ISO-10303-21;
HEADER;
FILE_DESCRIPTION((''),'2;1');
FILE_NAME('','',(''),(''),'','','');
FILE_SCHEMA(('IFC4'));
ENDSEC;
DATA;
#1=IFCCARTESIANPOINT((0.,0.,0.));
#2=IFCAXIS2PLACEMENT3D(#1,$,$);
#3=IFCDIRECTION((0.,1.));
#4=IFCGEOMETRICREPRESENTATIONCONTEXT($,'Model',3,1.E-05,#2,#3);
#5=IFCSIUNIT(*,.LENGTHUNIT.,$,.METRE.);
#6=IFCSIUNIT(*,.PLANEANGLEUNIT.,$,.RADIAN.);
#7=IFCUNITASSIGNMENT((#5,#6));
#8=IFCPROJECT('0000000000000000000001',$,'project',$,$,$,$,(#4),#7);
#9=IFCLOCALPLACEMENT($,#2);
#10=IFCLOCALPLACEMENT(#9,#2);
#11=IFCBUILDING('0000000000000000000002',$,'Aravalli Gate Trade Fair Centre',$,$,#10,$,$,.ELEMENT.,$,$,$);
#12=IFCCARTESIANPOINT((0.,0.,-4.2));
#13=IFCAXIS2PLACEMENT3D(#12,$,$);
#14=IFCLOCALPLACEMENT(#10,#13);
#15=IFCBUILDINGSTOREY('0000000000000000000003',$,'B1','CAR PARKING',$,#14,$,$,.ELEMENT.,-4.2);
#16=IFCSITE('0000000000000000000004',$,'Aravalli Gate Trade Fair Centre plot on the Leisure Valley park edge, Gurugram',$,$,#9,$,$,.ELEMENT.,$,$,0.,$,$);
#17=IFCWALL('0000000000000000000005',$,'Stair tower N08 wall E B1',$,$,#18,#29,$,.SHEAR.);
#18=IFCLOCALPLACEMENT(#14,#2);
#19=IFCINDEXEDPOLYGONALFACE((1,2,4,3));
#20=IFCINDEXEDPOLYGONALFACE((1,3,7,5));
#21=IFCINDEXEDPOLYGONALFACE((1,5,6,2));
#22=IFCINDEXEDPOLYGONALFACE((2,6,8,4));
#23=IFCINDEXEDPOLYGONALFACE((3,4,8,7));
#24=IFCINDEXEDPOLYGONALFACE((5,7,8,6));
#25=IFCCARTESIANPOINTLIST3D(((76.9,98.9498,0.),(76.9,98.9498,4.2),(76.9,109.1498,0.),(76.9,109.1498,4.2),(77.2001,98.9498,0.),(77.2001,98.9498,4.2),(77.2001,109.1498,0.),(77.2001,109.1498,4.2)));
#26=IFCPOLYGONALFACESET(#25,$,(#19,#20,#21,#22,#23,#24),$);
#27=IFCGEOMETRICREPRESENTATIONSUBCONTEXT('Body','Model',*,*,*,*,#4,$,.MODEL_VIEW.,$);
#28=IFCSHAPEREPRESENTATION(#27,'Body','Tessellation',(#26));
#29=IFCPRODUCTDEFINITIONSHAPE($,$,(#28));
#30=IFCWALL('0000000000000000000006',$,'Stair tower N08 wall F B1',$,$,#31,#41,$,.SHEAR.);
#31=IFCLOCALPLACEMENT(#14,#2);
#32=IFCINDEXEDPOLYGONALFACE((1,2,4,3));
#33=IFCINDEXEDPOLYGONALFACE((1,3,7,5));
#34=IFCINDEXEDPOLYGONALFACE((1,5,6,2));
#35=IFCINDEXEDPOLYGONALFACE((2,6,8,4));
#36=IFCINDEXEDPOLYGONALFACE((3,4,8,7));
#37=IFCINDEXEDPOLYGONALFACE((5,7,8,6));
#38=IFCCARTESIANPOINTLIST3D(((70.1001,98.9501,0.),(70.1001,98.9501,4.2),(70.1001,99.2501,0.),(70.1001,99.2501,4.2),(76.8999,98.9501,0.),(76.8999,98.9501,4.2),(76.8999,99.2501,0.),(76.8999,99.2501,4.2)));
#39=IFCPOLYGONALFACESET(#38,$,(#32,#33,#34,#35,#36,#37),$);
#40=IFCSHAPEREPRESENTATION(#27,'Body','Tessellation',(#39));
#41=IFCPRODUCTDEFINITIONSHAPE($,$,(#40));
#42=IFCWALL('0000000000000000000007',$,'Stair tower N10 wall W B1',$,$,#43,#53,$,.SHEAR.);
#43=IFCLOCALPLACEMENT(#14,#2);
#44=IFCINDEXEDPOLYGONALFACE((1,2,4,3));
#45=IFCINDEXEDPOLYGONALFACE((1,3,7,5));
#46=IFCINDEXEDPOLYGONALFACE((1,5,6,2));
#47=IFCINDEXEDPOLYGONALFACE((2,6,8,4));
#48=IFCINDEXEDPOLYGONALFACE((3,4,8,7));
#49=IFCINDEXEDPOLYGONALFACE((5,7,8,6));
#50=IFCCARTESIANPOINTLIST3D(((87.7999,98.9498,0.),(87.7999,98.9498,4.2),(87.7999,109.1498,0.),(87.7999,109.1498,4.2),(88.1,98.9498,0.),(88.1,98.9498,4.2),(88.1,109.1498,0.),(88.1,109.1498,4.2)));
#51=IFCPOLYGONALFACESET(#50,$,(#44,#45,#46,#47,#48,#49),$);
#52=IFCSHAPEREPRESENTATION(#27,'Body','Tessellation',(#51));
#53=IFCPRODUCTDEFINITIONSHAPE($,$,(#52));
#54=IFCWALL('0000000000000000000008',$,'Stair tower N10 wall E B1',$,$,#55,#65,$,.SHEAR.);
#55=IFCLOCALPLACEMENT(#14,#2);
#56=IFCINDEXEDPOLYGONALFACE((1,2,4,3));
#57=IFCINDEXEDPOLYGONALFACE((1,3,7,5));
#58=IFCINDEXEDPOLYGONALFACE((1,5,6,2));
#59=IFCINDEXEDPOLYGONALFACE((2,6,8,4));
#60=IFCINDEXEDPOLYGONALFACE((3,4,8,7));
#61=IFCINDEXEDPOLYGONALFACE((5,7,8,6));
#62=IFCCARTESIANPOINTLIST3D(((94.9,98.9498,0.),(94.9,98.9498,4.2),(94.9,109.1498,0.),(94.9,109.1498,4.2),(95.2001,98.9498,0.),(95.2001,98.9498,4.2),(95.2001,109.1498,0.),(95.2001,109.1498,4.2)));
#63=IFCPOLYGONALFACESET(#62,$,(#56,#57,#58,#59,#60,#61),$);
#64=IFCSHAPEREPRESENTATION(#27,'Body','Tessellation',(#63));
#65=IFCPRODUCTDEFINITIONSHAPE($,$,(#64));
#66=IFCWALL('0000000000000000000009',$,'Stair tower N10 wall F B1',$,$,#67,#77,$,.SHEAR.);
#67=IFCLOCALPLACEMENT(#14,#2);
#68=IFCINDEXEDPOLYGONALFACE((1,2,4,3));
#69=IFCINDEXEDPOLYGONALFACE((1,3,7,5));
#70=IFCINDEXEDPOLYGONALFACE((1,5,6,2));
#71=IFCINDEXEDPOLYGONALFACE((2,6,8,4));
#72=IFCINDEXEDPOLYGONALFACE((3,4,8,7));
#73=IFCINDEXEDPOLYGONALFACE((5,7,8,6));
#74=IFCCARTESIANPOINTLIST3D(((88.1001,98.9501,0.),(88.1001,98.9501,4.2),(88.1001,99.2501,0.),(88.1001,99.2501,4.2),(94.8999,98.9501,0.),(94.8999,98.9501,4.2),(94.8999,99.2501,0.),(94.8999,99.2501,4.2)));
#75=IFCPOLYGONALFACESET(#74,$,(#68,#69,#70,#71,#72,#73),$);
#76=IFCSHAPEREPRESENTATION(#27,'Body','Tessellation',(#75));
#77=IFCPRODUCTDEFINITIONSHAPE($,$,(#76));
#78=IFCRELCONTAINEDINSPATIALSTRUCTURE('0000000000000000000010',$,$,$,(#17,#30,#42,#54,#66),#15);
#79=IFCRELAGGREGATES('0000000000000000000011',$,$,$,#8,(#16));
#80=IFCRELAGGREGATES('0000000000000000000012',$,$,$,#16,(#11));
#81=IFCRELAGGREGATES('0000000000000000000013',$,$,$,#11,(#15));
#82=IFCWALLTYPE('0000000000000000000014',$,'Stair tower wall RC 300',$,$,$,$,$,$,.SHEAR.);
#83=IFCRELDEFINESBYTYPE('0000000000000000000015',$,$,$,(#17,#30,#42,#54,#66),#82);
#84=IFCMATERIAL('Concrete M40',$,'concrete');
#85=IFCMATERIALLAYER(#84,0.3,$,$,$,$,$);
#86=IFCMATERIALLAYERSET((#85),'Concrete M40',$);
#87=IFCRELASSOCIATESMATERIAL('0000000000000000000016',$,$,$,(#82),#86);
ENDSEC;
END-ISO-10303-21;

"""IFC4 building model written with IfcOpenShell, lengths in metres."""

from ifc_helpers import new_model, si_unit, direction, frame, frame_2d, origin, place, context, subcontext, project, spatial, rectangle, extrude, material, layer, layer_set, type_object, element, save


model = new_model("IFC4")

# Units and contexts
model_context = context("Model", 3, precision=1e-05, world=origin(), true_north=direction((0.0, 1.0)))
body_context = subcontext(model_context, "Body", "Model", "MODEL_VIEW")
ifc_project = project(units=[si_unit("LENGTHUNIT", "METRE"), si_unit("PLANEANGLEUNIT", "RADIAN")], contexts=[model_context])

# Site, building, storey
site_placement = place(None, origin())
site = spatial("IfcSite", under=ifc_project, at=site_placement, Name="Aravalli Gate Trade Fair Centre plot on the Leisure Valley park edge, Gurugram", CompositionType="ELEMENT", RefElevation=0.0)
building_placement = place(site_placement, origin())
building = spatial("IfcBuilding", under=site, at=building_placement, Name="Aravalli Gate Trade Fair Centre", CompositionType="ELEMENT")
storey_placement = place(building_placement, frame((0.0, 0.0, -4.2)))
storey = spatial("IfcBuildingStorey", under=building, at=storey_placement, Name="B1", Description="CAR PARKING", CompositionType="ELEMENT", Elevation=-4.2)

# Walls
ifc_material_1 = material(Name="Concrete M40", Category="concrete")
ifc_layer_1 = layer(ifc_material_1, 0.3)
ifc_layer_set_1 = layer_set([ifc_layer_1], Name="Concrete M40")
wall_type_1 = type_object("IfcWallType", Name="Stair tower wall RC 300", PredefinedType="SHEAR", material=ifc_layer_set_1)
for number, where, z_axis, x_axis, name in (
    (1, (77.05, 109.1499, 0.0), (0.0, 0.0, 1.0), (0.0, -1.0, 0.0), "Stair tower N08 wall E B1"),
):
    element("IfcWall", number, at=place(storey_placement, frame(where, z_axis=z_axis, x_axis=x_axis)), inside=storey, type_object=wall_type_1, Name=name, PredefinedType="SHEAR", context=body_context, shape_type="SweptSolid", body=[
        extrude(rectangle(XDim=10.2, YDim=0.3, at=frame_2d((5.1001, 0.0))), origin(), (0.0, 0.0, 1.0), 4.2),
    ])
wall_1_placement = place(storey_placement, frame((70.1001, 99.1001, 0.0), z_axis=(0.0, 0.0, 1.0), x_axis=(1.0, 0.0, 0.0)))
element("IfcWall", 2, at=wall_1_placement, inside=storey, type_object=wall_type_1, Name="Stair tower N08 wall F B1", PredefinedType="SHEAR", context=body_context, shape_type="SweptSolid", body=[
    extrude(rectangle(XDim=6.7998, YDim=0.3, at=frame_2d((3.3999, 0.0))), origin(), (0.0, 0.0, 1.0), 4.2),
])
for number, where, z_axis, x_axis, name in (
    (3, (87.95, 109.1499, 0.0), (0.0, 0.0, 1.0), (0.0, -1.0, 0.0), "Stair tower N10 wall W B1"),
    (4, (95.05, 109.1499, 0.0), (0.0, 0.0, 1.0), (0.0, -1.0, 0.0), "Stair tower N10 wall E B1"),
):
    element("IfcWall", number, at=place(storey_placement, frame(where, z_axis=z_axis, x_axis=x_axis)), inside=storey, type_object=wall_type_1, Name=name, PredefinedType="SHEAR", context=body_context, shape_type="SweptSolid", body=[
        extrude(rectangle(XDim=10.2, YDim=0.3, at=frame_2d((5.1001, 0.0))), origin(), (0.0, 0.0, 1.0), 4.2),
    ])
wall_2_placement = place(storey_placement, frame((88.1001, 99.1001, 0.0), z_axis=(0.0, 0.0, 1.0), x_axis=(1.0, 0.0, 0.0)))
element("IfcWall", 5, at=wall_2_placement, inside=storey, type_object=wall_type_1, Name="Stair tower N10 wall F B1", PredefinedType="SHEAR", context=body_context, shape_type="SweptSolid", body=[
    extrude(rectangle(XDim=6.7998, YDim=0.3, at=frame_2d((3.3999, 0.0))), origin(), (0.0, 0.0, 1.0), 4.2),
])

save(model, "model.ifc")
